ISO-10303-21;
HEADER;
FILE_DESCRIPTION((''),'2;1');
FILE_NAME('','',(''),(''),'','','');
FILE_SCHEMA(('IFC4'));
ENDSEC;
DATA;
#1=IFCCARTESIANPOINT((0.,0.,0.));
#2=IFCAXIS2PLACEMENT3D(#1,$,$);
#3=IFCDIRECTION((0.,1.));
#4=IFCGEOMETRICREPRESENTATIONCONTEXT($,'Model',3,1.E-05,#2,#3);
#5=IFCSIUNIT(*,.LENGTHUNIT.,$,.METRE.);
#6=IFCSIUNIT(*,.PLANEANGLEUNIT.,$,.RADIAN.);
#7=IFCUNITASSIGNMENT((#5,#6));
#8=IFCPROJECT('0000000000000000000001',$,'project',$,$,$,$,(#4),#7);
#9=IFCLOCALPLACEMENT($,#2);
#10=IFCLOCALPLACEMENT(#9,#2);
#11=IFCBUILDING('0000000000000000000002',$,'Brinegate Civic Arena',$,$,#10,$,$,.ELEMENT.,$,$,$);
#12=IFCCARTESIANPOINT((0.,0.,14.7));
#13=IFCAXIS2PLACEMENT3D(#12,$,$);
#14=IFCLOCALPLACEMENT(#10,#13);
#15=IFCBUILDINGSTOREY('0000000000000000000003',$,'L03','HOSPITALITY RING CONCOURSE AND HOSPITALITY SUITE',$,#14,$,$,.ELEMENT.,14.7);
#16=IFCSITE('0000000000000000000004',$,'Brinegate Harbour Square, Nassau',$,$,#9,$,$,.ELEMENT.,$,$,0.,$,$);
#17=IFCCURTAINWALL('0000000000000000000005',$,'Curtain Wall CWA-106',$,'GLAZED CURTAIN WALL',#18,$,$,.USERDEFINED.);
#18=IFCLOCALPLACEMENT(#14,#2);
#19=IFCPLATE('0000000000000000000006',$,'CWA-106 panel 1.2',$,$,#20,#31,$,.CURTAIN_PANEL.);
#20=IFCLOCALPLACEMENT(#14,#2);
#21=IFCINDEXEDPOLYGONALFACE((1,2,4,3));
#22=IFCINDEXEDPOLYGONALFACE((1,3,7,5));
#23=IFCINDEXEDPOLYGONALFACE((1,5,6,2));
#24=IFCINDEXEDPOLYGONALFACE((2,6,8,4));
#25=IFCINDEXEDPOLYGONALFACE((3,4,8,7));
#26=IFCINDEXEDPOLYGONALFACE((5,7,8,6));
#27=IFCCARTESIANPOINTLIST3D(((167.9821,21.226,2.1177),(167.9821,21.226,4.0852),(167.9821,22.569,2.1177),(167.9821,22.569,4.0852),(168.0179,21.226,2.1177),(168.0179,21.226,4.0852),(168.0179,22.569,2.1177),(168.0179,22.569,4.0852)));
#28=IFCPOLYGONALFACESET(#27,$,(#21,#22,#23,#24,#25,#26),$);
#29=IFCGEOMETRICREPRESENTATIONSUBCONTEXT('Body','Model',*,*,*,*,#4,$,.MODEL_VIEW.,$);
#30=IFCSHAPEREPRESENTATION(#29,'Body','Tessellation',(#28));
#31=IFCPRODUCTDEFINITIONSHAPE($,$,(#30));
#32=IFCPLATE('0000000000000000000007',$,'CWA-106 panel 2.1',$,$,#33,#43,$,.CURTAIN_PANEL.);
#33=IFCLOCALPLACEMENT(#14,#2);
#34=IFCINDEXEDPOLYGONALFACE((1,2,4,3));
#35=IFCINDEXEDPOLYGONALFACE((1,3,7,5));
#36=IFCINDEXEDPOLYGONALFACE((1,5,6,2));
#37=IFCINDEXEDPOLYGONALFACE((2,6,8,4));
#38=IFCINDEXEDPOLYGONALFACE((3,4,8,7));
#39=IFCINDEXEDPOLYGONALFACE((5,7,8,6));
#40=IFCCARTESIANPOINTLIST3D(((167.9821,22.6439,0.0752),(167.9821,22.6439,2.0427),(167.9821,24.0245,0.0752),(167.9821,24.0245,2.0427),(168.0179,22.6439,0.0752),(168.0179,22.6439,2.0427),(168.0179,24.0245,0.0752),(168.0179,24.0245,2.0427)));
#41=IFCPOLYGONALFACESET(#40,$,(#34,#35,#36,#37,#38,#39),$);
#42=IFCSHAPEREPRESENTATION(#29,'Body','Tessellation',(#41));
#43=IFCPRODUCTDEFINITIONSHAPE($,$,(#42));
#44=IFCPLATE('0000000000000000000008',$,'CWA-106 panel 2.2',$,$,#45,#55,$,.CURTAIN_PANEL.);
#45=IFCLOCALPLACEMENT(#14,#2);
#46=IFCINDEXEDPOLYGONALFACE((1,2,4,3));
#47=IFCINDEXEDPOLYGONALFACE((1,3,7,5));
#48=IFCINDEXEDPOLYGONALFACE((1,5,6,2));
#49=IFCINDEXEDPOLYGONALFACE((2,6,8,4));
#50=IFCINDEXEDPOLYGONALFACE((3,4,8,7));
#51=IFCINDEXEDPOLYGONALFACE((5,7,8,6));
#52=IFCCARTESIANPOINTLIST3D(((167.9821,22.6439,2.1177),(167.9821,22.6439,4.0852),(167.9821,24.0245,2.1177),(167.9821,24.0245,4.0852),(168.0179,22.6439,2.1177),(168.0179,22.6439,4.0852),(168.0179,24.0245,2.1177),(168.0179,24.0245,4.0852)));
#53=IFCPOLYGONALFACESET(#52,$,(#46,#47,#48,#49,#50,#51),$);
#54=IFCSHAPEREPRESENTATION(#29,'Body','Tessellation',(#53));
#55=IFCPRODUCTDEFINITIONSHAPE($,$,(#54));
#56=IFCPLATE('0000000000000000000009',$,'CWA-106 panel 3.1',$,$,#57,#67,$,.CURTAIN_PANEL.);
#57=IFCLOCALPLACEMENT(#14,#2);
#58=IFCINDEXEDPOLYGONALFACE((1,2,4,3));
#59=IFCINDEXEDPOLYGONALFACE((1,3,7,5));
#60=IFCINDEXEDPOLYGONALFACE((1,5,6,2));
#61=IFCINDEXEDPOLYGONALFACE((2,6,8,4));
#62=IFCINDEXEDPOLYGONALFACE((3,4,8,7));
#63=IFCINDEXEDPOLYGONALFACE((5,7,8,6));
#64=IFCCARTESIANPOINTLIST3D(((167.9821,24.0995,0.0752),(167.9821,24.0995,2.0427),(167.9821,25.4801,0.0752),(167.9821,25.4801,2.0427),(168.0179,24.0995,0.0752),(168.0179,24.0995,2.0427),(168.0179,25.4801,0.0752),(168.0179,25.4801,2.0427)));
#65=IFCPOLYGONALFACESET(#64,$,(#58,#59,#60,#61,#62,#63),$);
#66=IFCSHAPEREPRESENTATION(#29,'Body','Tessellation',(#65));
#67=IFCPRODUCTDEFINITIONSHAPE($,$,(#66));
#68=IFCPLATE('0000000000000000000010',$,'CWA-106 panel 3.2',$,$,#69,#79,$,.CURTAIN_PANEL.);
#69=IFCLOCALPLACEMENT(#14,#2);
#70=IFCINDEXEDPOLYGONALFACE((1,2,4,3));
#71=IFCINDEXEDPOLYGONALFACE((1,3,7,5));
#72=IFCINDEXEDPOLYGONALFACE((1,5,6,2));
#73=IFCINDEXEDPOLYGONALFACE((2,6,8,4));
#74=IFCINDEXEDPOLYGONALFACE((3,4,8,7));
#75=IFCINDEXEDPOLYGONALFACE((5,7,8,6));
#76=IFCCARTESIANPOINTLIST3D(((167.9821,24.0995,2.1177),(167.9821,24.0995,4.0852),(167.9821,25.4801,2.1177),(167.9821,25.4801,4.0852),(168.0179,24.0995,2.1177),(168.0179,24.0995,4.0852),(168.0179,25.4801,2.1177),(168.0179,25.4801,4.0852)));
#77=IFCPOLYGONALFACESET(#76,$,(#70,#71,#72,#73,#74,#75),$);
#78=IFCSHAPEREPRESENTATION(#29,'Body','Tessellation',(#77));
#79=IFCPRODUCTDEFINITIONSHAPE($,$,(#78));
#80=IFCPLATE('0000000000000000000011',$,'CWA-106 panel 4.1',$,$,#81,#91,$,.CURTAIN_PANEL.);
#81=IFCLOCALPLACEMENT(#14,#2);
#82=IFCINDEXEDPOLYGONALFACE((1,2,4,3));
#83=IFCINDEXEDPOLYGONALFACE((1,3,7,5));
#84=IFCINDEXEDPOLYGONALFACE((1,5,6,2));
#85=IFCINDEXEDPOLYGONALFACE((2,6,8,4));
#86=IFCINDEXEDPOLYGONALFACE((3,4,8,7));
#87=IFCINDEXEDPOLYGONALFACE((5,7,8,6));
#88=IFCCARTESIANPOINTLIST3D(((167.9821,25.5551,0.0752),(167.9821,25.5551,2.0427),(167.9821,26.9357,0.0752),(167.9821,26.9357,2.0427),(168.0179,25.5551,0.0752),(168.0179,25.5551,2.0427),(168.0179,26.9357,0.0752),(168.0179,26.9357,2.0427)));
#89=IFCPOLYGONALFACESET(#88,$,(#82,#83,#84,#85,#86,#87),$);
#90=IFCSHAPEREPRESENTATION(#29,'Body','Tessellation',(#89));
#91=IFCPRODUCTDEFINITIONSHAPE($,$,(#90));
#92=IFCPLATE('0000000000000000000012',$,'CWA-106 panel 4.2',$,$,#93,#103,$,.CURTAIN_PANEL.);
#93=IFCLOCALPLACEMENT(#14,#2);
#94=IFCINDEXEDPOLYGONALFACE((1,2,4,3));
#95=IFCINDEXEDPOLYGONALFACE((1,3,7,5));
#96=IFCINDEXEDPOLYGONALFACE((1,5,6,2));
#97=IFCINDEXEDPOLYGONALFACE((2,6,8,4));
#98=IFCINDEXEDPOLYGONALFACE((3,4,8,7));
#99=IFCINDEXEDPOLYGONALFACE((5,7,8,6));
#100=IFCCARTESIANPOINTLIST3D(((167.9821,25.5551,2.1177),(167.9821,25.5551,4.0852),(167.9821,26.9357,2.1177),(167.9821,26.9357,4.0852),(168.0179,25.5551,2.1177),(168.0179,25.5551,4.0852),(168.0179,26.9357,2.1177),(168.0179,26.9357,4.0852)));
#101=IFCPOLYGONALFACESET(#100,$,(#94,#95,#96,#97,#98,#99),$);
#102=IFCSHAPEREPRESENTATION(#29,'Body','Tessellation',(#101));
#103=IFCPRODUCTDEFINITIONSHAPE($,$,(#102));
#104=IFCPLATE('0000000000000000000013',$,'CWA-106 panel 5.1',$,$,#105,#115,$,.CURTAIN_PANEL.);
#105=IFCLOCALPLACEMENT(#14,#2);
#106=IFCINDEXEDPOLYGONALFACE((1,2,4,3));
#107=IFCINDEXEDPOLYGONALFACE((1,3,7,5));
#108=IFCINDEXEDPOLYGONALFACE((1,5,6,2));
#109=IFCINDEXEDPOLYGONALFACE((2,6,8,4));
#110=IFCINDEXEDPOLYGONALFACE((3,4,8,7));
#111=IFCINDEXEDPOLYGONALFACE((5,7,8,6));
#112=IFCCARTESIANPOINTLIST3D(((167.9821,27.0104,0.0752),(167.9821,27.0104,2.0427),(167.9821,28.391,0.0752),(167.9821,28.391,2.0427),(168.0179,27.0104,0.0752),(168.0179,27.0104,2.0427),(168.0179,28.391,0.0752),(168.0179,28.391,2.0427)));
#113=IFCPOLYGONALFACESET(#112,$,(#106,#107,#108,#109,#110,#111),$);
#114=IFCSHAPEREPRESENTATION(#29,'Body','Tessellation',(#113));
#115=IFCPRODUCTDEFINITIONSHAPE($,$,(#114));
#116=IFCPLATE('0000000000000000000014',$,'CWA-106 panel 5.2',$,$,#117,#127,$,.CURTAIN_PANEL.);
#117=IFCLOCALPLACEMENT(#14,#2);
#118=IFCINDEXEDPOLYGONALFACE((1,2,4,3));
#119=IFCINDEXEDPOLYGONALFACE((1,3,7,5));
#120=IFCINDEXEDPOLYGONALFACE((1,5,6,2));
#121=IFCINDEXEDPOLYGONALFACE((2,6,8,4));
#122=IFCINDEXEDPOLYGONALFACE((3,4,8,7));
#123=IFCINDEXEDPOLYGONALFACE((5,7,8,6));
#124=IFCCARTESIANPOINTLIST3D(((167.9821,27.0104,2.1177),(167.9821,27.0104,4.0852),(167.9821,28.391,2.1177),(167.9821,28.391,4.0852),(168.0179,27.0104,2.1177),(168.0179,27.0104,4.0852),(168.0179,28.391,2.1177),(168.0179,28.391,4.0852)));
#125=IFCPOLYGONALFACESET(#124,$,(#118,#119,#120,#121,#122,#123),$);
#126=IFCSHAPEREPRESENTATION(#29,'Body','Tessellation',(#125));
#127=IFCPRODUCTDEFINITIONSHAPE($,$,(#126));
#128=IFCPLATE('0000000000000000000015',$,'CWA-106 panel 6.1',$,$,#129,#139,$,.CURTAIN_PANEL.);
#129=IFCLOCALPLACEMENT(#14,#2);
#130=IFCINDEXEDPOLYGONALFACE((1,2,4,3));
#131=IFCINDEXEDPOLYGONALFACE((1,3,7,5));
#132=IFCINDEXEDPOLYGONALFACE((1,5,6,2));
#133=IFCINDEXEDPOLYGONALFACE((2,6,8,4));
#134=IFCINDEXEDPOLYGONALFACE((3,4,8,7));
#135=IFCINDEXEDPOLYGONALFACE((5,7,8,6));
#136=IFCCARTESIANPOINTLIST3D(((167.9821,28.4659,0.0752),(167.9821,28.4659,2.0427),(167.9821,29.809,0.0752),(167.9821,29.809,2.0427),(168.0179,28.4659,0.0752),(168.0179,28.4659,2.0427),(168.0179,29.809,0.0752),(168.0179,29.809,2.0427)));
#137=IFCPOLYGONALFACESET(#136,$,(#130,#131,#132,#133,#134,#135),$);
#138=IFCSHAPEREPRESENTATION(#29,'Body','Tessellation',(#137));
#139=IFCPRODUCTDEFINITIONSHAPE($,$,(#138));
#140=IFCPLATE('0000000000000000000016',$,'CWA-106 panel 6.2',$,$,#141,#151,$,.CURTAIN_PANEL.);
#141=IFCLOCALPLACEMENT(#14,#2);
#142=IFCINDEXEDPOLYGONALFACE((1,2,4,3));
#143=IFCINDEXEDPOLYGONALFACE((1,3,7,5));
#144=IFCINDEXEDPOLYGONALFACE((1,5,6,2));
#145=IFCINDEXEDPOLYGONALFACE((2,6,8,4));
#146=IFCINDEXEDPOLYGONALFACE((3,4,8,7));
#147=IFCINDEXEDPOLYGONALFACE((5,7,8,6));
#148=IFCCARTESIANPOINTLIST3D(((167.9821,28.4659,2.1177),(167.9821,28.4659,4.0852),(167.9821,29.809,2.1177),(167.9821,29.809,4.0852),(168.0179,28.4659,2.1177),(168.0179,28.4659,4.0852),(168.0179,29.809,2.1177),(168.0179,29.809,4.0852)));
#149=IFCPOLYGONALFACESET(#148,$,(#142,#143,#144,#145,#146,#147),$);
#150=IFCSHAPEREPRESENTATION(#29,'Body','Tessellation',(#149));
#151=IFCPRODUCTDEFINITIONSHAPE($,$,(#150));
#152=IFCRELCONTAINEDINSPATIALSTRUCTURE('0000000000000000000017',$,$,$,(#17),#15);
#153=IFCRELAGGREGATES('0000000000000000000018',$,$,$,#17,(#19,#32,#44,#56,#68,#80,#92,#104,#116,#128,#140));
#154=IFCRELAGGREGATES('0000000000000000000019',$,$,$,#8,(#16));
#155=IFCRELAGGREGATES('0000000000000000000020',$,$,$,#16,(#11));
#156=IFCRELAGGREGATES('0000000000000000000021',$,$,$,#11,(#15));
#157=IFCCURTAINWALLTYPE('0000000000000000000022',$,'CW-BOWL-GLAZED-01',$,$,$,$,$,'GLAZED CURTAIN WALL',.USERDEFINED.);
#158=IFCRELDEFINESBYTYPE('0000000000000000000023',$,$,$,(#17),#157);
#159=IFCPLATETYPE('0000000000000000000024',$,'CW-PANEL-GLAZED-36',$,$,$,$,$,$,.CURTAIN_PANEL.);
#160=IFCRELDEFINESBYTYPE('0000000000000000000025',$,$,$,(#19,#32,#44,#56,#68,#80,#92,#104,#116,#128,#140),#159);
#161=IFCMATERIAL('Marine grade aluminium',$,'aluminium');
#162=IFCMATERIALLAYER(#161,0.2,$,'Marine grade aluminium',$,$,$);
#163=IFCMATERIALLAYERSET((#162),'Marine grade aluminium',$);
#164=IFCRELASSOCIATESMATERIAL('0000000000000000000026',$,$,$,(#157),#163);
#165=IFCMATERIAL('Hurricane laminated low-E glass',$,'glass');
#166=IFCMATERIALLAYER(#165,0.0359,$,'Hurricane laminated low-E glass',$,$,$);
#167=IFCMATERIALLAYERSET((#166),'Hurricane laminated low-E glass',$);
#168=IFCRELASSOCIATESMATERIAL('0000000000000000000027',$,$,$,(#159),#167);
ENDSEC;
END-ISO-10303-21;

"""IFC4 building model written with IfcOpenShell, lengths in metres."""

from ifc_helpers import new_model, si_unit, direction, frame, origin, origin_2d, place, context, subcontext, project, spatial, rectangle, extrude, material, layer, layer_set, type_object, element, aggregate, save


model = new_model("IFC4")

# Units and contexts
model_context = context("Model", 3, precision=1e-05, world=origin(), true_north=direction((0.0, 1.0)))
body_context = subcontext(model_context, "Body", "Model", "MODEL_VIEW")
ifc_project = project(units=[si_unit("LENGTHUNIT", "METRE"), si_unit("PLANEANGLEUNIT", "RADIAN")], contexts=[model_context])

# Site, building, storey
site_placement = place(None, origin())
site = spatial("IfcSite", under=ifc_project, at=site_placement, Name="Brinegate Harbour Square, Nassau", CompositionType="ELEMENT", RefElevation=0.0)
building_placement = place(site_placement, origin())
building = spatial("IfcBuilding", under=site, at=building_placement, Name="Brinegate Civic Arena", CompositionType="ELEMENT")
storey_placement = place(building_placement, frame((0.0, 0.0, 14.7)))
storey = spatial("IfcBuildingStorey", under=building, at=storey_placement, Name="L03", Description="HOSPITALITY RING CONCOURSE AND HOSPITALITY SUITE", CompositionType="ELEMENT", Elevation=14.7)

# Shared definitions
ifc_material_1 = material(Name="Marine grade aluminium", Category="aluminium")
ifc_layer_1 = layer(ifc_material_1, 0.2, Name="Marine grade aluminium")
ifc_layer_set_1 = layer_set([ifc_layer_1], Name="Marine grade aluminium")
curtain_wall_type = type_object("IfcCurtainWallType", Name="CW-BOWL-GLAZED-01", ElementType="GLAZED CURTAIN WALL", PredefinedType="USERDEFINED", material=ifc_layer_set_1)

# Curtain wall
curtain_wall_1_placement = place(storey_placement, origin())
curtain_wall_1 = element("IfcCurtainWall", 1, at=curtain_wall_1_placement, inside=storey, type_object=curtain_wall_type, Name="Curtain Wall CWA-106", ObjectType="GLAZED CURTAIN WALL", PredefinedType="USERDEFINED")

# Plates
ifc_material_2 = material(Name="Hurricane laminated low-E glass", Category="glass")
ifc_layer_2 = layer(ifc_material_2, 0.0359, Name="Hurricane laminated low-E glass")
ifc_layer_set_2 = layer_set([ifc_layer_2], Name="Hurricane laminated low-E glass")
plate_type = type_object("IfcPlateType", Name="CW-PANEL-GLAZED-36", PredefinedType="CURTAIN_PANEL", material=ifc_layer_set_2)
plate_1_placement = place(storey_placement, frame((168.0, 21.8975, 2.1177), z_axis=(0.0, 0.0, 1.0), x_axis=(0.0, 1.0, 0.0)))
plate_1 = element("IfcPlate", 2, at=plate_1_placement, type_object=plate_type, Name="CWA-106 panel 1.2", PredefinedType="CURTAIN_PANEL", context=body_context, shape_type="SweptSolid", body=[
    extrude(rectangle(XDim=1.343, YDim=0.0359, at=origin_2d()), origin(), (0.0, 0.0, 1.0), 1.9675),
])
plate_2_placement = place(storey_placement, frame((168.0, 23.3342, 0.0752), z_axis=(0.0, 0.0, 1.0), x_axis=(0.0, 1.0, 0.0)))
plate_2 = element("IfcPlate", 3, at=plate_2_placement, type_object=plate_type, Name="CWA-106 panel 2.1", PredefinedType="CURTAIN_PANEL", context=body_context, shape_type="SweptSolid", body=[
    extrude(rectangle(XDim=1.3806, YDim=0.0359, at=origin_2d()), origin(), (0.0, 0.0, 1.0), 1.9675),
])
plate_3_placement = place(storey_placement, frame((168.0, 23.3342, 2.1177), z_axis=(0.0, 0.0, 1.0), x_axis=(0.0, 1.0, 0.0)))
plate_3 = element("IfcPlate", 4, at=plate_3_placement, type_object=plate_type, Name="CWA-106 panel 2.2", PredefinedType="CURTAIN_PANEL", context=body_context, shape_type="SweptSolid", body=[
    extrude(rectangle(XDim=1.3806, YDim=0.0359, at=origin_2d()), origin(), (0.0, 0.0, 1.0), 1.9675),
])
plate_4_placement = place(storey_placement, frame((168.0, 24.7898, 0.0752), z_axis=(0.0, 0.0, 1.0), x_axis=(0.0, 1.0, 0.0)))
plate_4 = element("IfcPlate", 5, at=plate_4_placement, type_object=plate_type, Name="CWA-106 panel 3.1", PredefinedType="CURTAIN_PANEL", context=body_context, shape_type="SweptSolid", body=[
    extrude(rectangle(XDim=1.3806, YDim=0.0359, at=origin_2d()), origin(), (0.0, 0.0, 1.0), 1.9675),
])
plate_5_placement = place(storey_placement, frame((168.0, 24.7898, 2.1177), z_axis=(0.0, 0.0, 1.0), x_axis=(0.0, 1.0, 0.0)))
plate_5 = element("IfcPlate", 6, at=plate_5_placement, type_object=plate_type, Name="CWA-106 panel 3.2", PredefinedType="CURTAIN_PANEL", context=body_context, shape_type="SweptSolid", body=[
    extrude(rectangle(XDim=1.3806, YDim=0.0359, at=origin_2d()), origin(), (0.0, 0.0, 1.0), 1.9675),
])
plate_6_placement = place(storey_placement, frame((168.0, 26.2454, 0.0752), z_axis=(0.0, 0.0, 1.0), x_axis=(0.0, 1.0, 0.0)))
plate_6 = element("IfcPlate", 7, at=plate_6_placement, type_object=plate_type, Name="CWA-106 panel 4.1", PredefinedType="CURTAIN_PANEL", context=body_context, shape_type="SweptSolid", body=[
    extrude(rectangle(XDim=1.3806, YDim=0.0359, at=origin_2d()), origin(), (0.0, 0.0, 1.0), 1.9675),
])
plate_7_placement = place(storey_placement, frame((168.0, 26.2454, 2.1177), z_axis=(0.0, 0.0, 1.0), x_axis=(0.0, 1.0, 0.0)))
plate_7 = element("IfcPlate", 8, at=plate_7_placement, type_object=plate_type, Name="CWA-106 panel 4.2", PredefinedType="CURTAIN_PANEL", context=body_context, shape_type="SweptSolid", body=[
    extrude(rectangle(XDim=1.3806, YDim=0.0359, at=origin_2d()), origin(), (0.0, 0.0, 1.0), 1.9675),
])
plate_8_placement = place(storey_placement, frame((168.0, 27.7007, 0.0752), z_axis=(0.0, 0.0, 1.0), x_axis=(0.0, 1.0, 0.0)))
plate_8 = element("IfcPlate", 9, at=plate_8_placement, type_object=plate_type, Name="CWA-106 panel 5.1", PredefinedType="CURTAIN_PANEL", context=body_context, shape_type="SweptSolid", body=[
    extrude(rectangle(XDim=1.3806, YDim=0.0359, at=origin_2d()), origin(), (0.0, 0.0, 1.0), 1.9675),
])
plate_9_placement = place(storey_placement, frame((168.0, 27.7007, 2.1177), z_axis=(0.0, 0.0, 1.0), x_axis=(0.0, 1.0, 0.0)))
plate_9 = element("IfcPlate", 10, at=plate_9_placement, type_object=plate_type, Name="CWA-106 panel 5.2", PredefinedType="CURTAIN_PANEL", context=body_context, shape_type="SweptSolid", body=[
    extrude(rectangle(XDim=1.3806, YDim=0.0359, at=origin_2d()), origin(), (0.0, 0.0, 1.0), 1.9675),
])
plate_10_placement = place(storey_placement, frame((168.0, 29.1375, 0.0752), z_axis=(0.0, 0.0, 1.0), x_axis=(0.0, 1.0, 0.0)))
plate_10 = element("IfcPlate", 11, at=plate_10_placement, type_object=plate_type, Name="CWA-106 panel 6.1", PredefinedType="CURTAIN_PANEL", context=body_context, shape_type="SweptSolid", body=[
    extrude(rectangle(XDim=1.343, YDim=0.0359, at=origin_2d()), origin(), (0.0, 0.0, 1.0), 1.9675),
])
plate_11_placement = place(storey_placement, frame((168.0, 29.1375, 2.1177), z_axis=(0.0, 0.0, 1.0), x_axis=(0.0, 1.0, 0.0)))
plate_11 = element("IfcPlate", 12, at=plate_11_placement, type_object=plate_type, Name="CWA-106 panel 6.2", PredefinedType="CURTAIN_PANEL", context=body_context, shape_type="SweptSolid", body=[
    extrude(rectangle(XDim=1.343, YDim=0.0359, at=origin_2d()), origin(), (0.0, 0.0, 1.0), 1.9675),
])
aggregate(curtain_wall_1, [plate_1, plate_2, plate_3, plate_4, plate_5, plate_6, plate_7, plate_8, plate_9, plate_10, plate_11])

save(model, "model.ifc")
